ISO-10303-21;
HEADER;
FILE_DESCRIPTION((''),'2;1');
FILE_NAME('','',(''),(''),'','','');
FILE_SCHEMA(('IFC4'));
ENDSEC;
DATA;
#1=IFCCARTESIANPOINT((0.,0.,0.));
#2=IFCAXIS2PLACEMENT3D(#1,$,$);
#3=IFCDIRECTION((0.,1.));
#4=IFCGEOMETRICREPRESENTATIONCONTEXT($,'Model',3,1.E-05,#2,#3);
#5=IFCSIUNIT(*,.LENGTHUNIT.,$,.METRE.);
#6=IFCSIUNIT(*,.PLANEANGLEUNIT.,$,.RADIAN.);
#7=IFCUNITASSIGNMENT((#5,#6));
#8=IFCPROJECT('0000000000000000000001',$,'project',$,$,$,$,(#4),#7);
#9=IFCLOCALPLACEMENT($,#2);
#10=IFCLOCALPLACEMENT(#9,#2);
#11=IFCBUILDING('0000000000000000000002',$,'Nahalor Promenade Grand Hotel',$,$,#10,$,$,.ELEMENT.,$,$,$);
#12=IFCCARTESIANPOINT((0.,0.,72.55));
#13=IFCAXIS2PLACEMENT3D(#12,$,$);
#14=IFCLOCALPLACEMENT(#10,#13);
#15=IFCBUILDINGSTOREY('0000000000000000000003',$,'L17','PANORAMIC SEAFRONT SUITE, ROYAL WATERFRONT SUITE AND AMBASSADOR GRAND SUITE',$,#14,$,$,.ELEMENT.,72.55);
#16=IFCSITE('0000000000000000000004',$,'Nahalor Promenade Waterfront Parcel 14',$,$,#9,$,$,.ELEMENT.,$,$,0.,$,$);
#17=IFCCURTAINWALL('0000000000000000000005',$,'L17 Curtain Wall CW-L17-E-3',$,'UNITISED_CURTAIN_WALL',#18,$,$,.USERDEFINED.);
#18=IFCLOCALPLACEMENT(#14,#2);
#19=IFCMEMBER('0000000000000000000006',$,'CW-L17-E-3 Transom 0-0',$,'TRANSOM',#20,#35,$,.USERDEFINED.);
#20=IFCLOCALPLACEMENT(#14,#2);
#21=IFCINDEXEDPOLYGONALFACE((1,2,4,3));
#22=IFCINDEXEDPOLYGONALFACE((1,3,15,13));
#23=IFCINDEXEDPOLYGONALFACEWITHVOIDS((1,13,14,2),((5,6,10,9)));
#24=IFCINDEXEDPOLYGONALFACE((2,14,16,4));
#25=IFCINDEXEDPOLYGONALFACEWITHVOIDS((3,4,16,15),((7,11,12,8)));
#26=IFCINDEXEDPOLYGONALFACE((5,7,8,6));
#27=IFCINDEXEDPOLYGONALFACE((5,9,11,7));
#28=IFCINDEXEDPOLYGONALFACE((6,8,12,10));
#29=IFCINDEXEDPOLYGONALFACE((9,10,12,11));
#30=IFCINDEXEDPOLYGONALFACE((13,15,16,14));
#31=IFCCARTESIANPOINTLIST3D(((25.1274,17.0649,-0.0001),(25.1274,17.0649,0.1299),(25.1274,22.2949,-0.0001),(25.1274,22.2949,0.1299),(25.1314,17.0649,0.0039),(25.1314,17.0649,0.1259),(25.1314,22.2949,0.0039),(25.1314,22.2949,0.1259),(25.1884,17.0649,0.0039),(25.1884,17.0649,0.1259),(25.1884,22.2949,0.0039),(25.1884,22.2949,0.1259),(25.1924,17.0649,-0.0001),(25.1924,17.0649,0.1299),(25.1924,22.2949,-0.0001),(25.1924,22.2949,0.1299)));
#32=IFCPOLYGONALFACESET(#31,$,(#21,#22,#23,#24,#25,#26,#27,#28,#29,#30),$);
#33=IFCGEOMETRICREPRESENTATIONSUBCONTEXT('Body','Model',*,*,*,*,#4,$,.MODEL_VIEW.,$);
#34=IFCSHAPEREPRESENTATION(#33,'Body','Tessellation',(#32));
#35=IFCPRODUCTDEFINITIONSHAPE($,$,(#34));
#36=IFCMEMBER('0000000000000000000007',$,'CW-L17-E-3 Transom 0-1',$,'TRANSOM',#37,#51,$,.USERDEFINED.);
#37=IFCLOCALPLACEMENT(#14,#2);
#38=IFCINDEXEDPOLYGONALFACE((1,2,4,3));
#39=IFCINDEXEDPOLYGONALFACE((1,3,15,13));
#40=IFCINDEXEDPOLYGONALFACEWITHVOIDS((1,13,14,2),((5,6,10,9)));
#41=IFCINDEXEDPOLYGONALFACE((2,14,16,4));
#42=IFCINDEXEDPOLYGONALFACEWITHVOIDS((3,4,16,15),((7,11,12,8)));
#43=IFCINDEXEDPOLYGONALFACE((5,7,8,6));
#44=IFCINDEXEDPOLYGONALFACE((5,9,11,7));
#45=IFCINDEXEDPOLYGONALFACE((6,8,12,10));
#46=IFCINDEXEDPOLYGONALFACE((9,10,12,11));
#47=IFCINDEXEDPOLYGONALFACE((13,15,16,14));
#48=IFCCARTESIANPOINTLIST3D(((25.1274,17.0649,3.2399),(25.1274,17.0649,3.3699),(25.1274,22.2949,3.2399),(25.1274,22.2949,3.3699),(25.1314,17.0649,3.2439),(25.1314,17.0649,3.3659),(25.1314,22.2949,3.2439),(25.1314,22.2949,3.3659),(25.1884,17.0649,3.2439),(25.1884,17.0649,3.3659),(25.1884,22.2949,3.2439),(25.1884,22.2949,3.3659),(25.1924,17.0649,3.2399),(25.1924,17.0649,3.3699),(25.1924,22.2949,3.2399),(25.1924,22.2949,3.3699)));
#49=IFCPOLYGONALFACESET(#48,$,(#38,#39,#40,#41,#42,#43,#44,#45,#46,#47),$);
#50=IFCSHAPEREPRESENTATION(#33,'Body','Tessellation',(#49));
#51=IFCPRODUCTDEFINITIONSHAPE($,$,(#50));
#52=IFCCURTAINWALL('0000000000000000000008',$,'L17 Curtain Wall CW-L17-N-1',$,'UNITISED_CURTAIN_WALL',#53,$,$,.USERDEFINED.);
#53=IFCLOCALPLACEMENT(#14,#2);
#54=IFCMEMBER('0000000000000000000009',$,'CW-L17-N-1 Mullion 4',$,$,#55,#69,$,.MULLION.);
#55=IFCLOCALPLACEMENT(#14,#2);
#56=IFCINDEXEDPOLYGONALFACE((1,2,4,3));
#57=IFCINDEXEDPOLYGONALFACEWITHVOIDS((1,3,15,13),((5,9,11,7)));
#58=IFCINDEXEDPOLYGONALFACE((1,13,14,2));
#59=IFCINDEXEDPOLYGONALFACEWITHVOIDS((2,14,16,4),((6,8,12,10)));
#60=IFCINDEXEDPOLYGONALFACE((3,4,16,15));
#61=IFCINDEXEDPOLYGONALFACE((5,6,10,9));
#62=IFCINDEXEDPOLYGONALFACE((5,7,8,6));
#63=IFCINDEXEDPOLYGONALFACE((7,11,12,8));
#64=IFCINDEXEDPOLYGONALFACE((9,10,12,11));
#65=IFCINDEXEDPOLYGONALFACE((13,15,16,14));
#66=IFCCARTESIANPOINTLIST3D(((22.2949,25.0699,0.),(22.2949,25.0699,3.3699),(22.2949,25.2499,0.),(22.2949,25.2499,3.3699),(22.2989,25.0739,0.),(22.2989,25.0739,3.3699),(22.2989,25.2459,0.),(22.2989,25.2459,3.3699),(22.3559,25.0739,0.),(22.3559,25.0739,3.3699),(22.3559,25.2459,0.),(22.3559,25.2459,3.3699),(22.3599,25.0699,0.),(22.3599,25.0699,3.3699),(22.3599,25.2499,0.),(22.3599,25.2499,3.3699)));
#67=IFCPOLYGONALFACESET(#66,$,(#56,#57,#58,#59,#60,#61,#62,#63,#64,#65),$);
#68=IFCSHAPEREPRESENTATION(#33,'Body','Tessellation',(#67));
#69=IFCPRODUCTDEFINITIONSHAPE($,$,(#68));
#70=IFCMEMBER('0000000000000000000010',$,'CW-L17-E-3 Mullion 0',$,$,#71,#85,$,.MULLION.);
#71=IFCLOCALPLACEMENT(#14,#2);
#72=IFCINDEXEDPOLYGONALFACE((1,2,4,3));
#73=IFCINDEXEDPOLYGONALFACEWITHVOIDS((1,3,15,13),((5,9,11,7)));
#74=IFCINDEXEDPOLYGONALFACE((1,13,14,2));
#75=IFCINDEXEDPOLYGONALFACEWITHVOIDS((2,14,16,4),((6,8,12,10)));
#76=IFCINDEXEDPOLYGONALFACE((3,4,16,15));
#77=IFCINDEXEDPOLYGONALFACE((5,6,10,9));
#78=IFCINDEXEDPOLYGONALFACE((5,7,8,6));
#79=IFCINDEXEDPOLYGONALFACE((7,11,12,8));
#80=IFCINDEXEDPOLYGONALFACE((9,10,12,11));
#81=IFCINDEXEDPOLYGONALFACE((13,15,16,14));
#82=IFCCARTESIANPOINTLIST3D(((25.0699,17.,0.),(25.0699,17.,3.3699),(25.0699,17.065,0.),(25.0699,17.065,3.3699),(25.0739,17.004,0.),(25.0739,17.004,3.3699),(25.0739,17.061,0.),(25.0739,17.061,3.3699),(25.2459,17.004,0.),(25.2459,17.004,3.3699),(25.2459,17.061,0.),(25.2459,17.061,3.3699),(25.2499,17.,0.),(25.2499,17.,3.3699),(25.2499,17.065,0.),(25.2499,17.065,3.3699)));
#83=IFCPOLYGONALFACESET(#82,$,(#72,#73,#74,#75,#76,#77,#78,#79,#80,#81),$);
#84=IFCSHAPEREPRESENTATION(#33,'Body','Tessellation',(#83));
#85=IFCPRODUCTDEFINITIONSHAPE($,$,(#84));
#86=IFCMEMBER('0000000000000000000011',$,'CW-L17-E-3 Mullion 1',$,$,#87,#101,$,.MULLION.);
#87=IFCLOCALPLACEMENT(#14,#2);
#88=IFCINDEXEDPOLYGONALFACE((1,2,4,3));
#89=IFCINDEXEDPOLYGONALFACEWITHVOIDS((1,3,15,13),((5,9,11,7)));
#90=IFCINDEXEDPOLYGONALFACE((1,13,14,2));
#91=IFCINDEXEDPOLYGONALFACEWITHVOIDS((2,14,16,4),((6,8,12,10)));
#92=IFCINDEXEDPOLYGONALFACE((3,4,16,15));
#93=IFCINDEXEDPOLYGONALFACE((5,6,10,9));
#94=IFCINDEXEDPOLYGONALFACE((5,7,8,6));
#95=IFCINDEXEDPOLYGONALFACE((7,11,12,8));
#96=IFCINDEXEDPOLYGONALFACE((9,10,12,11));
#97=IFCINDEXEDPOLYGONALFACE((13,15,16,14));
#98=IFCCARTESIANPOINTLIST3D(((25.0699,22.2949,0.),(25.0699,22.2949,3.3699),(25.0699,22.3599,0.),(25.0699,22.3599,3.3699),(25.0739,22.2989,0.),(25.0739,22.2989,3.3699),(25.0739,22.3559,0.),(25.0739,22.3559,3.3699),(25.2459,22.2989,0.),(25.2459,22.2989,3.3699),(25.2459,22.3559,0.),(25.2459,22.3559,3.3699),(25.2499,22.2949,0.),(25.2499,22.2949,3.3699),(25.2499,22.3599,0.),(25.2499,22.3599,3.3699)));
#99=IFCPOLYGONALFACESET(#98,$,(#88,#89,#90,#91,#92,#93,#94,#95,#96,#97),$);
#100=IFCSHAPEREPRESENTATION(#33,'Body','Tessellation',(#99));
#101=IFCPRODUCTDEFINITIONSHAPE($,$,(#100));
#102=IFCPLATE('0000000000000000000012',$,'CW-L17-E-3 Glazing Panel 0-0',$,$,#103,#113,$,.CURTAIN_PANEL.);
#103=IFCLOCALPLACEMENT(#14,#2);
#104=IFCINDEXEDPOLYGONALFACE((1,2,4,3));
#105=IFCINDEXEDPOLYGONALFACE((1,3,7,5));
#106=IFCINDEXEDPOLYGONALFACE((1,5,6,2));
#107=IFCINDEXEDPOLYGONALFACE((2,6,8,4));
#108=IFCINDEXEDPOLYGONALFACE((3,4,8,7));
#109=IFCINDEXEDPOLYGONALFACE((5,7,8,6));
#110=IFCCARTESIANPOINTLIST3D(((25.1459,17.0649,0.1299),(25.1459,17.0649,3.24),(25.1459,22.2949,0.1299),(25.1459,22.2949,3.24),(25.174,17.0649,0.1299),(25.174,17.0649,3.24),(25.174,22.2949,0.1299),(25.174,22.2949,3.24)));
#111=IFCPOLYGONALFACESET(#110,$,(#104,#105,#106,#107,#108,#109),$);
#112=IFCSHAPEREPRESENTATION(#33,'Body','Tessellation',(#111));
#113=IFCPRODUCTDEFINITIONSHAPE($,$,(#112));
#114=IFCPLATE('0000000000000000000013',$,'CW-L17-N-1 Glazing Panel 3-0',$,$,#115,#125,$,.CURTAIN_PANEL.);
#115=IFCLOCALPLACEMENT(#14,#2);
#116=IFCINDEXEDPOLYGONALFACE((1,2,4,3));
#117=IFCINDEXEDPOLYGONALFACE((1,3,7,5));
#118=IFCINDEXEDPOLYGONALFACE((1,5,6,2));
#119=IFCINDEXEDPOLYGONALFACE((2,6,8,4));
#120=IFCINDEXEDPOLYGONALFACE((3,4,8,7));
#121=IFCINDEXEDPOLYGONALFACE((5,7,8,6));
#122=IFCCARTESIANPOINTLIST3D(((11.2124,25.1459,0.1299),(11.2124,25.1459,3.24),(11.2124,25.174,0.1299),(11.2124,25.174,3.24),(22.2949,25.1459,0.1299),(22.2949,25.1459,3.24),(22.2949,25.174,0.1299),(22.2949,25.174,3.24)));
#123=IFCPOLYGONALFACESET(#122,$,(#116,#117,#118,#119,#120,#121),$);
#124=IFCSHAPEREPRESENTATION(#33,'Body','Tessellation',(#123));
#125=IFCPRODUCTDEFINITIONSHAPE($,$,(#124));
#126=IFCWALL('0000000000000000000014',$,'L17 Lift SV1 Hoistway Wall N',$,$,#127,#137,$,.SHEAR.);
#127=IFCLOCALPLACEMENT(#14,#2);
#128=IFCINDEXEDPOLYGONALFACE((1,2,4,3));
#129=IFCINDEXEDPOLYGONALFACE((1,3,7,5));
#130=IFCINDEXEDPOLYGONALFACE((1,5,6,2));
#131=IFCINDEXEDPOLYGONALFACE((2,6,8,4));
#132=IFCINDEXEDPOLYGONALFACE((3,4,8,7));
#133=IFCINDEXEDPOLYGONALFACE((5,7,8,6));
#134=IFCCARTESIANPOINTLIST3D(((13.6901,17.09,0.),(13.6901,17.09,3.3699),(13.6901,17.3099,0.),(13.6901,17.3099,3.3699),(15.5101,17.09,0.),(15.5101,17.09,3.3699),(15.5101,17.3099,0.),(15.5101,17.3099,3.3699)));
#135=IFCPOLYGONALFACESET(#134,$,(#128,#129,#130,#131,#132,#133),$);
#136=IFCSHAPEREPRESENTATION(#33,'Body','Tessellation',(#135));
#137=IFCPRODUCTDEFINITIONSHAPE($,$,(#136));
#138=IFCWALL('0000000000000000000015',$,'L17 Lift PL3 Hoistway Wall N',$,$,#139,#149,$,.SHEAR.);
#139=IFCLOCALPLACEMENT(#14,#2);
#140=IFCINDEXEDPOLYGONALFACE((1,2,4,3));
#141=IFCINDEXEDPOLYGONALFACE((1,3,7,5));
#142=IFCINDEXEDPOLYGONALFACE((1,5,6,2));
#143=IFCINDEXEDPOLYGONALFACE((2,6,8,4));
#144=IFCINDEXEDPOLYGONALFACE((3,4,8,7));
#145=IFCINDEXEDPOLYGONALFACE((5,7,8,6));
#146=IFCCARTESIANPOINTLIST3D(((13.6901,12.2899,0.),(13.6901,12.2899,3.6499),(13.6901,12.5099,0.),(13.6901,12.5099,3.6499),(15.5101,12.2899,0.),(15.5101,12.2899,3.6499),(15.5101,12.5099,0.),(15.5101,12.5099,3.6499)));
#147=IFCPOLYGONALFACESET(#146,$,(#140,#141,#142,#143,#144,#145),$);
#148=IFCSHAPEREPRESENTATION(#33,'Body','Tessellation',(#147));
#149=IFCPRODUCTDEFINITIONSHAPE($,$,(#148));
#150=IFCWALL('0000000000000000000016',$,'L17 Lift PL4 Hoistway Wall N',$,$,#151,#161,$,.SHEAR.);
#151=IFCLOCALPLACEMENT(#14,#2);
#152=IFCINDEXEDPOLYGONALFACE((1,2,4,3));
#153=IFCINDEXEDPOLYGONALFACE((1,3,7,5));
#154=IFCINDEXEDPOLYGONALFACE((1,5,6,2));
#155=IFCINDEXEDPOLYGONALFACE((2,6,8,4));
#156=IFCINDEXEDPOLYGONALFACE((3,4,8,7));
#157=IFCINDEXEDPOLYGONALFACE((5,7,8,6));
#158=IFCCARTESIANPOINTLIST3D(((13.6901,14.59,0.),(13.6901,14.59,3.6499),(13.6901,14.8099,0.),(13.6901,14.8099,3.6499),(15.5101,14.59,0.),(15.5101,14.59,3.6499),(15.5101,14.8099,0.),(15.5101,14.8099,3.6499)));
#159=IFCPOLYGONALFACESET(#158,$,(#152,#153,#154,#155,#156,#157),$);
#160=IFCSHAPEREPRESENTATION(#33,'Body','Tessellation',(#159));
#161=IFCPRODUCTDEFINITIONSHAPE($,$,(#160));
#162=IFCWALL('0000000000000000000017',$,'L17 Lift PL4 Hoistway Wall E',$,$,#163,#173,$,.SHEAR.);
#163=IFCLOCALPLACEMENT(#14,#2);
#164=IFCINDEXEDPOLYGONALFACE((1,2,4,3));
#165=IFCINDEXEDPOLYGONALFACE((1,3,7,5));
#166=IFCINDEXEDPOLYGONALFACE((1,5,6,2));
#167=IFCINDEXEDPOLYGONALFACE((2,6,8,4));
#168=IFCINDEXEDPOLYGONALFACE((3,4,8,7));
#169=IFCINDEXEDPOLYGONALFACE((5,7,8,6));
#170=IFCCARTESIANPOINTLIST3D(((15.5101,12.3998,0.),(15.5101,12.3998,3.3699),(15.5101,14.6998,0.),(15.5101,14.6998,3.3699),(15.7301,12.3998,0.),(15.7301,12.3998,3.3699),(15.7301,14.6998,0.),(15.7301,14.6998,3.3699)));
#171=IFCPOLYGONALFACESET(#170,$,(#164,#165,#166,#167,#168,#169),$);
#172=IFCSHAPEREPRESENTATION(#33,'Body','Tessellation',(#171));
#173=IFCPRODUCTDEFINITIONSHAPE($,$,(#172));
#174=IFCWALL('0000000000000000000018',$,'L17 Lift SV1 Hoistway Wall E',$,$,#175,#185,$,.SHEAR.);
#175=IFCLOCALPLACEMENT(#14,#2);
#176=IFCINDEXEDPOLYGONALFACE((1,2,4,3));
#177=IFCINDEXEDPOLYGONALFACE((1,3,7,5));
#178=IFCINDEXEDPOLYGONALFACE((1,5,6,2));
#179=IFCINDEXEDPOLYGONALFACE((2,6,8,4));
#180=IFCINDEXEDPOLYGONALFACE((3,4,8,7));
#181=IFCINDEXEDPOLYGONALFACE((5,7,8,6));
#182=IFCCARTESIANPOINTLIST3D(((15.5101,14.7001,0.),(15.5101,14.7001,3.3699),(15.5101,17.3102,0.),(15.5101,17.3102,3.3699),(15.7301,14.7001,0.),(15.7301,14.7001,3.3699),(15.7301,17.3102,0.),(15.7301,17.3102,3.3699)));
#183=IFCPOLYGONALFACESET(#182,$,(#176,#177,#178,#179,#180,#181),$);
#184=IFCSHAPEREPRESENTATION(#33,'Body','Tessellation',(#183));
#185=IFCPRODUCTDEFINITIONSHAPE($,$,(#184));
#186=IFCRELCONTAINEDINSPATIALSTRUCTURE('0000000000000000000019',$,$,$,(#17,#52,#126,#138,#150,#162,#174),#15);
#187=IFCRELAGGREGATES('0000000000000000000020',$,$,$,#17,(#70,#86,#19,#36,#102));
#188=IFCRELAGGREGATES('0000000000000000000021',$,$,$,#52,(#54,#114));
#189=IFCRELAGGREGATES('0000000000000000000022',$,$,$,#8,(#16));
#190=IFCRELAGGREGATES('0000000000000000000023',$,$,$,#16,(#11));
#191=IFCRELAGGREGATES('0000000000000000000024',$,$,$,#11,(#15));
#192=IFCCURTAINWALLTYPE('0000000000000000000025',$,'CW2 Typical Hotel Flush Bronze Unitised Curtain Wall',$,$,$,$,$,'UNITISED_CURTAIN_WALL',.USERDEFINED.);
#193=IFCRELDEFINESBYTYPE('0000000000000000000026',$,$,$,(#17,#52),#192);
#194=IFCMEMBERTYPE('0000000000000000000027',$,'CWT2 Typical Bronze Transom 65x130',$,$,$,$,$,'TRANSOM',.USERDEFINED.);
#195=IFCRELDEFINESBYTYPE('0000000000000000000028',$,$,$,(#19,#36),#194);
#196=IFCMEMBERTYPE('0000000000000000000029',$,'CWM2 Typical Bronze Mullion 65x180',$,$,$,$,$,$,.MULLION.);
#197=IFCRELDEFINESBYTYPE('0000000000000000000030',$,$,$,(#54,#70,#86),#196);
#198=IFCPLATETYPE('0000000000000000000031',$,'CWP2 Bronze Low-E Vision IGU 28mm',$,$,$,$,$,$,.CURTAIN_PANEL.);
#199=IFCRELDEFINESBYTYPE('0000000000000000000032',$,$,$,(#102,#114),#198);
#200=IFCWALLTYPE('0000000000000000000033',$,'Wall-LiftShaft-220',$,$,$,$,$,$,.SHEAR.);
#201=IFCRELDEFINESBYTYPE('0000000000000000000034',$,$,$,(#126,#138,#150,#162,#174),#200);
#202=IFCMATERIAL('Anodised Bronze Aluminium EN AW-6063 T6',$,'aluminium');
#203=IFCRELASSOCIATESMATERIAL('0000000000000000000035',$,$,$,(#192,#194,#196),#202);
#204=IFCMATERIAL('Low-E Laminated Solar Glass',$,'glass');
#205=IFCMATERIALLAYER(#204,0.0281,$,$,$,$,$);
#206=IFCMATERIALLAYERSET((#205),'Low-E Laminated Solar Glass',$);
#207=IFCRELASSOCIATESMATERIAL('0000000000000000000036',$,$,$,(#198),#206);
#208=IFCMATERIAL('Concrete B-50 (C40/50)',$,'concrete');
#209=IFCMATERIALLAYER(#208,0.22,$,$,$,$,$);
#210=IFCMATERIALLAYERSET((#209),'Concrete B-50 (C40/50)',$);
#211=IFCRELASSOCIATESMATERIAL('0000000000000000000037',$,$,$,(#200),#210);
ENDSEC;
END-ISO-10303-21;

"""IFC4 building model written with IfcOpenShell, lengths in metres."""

from ifc_helpers import new_model, si_unit, direction, frame, frame_2d, origin, origin_2d, place, context, subcontext, project, spatial, rectangle, hollow_rectangle, extrude, source, transform, mapped, material, layer, layer_set, material_profile, profile_set, type_object, element, aggregate, save


model = new_model("IFC4")

# Units and contexts
model_context = context("Model", 3, precision=1e-05, world=origin(), true_north=direction((0.0, 1.0)))
body_context = subcontext(model_context, "Body", "Model", "MODEL_VIEW")
ifc_project = project(units=[si_unit("LENGTHUNIT", "METRE"), si_unit("PLANEANGLEUNIT", "RADIAN")], contexts=[model_context])

# Site, building, storey
site_placement = place(None, origin())
site = spatial("IfcSite", under=ifc_project, at=site_placement, Name="Nahalor Promenade Waterfront Parcel 14", CompositionType="ELEMENT", RefElevation=0.0)
building_placement = place(site_placement, origin())
building = spatial("IfcBuilding", under=site, at=building_placement, Name="Nahalor Promenade Grand Hotel", CompositionType="ELEMENT")
storey_placement = place(building_placement, frame((0.0, 0.0, 72.55)))
storey = spatial("IfcBuildingStorey", under=building, at=storey_placement, Name="L17", Description="PANORAMIC SEAFRONT SUITE, ROYAL WATERFRONT SUITE AND AMBASSADOR GRAND SUITE", CompositionType="ELEMENT", Elevation=72.55)

# Curtain wall, members
ifc_material_1 = material(Name="Anodised Bronze Aluminium EN AW-6063 T6", Category="aluminium")
curtain_wall_type = type_object("IfcCurtainWallType", Name="CW2 Typical Hotel Flush Bronze Unitised Curtain Wall", ElementType="UNITISED_CURTAIN_WALL", PredefinedType="USERDEFINED", material=ifc_material_1)
curtain_wall_1_placement = place(storey_placement, origin())
curtain_wall_1 = element("IfcCurtainWall", 1, at=curtain_wall_1_placement, inside=storey, type_object=curtain_wall_type, Name="L17 Curtain Wall CW-L17-E-3", ObjectType="UNITISED_CURTAIN_WALL", PredefinedType="USERDEFINED")
ifc_material_profile_1 = material_profile(ifc_material_1, hollow_rectangle(XDim=0.065, YDim=0.13, WallThickness=0.004, at=origin_2d()), Name="CWT 65x130x4")
ifc_profile_set_1 = profile_set([ifc_material_profile_1], Name="Anodised Bronze Aluminium EN AW-6063 T6")
member_type_1 = type_object("IfcMemberType", Name="CWT2 Typical Bronze Transom 65x130", ElementType="TRANSOM", PredefinedType="USERDEFINED", material=ifc_profile_set_1)
shared_shape_1 = source(origin(), body_context, "Body", "SweptSolid", [
    extrude(hollow_rectangle(XDim=0.065, YDim=0.13, WallThickness=0.004, at=origin_2d()), origin(), (0.0, 0.0, 1.0), 5.23),
])
member_1_placement = place(storey_placement, frame((25.1599, 17.0649, 0.0649), z_axis=(0.0, 1.0, 0.0), x_axis=(-1.0, 0.0, 0.0)))
member_1 = element("IfcMember", 2, at=member_1_placement, type_object=member_type_1, Name="CW-L17-E-3 Transom 0-0", ObjectType="TRANSOM", PredefinedType="USERDEFINED", context=body_context, shape_type="MappedRepresentation", body=[
    mapped(shared_shape_1, transform((0.0, 0.0, 0.0), scale=1.0)),
])
member_2_placement = place(storey_placement, frame((25.1599, 17.0649, 3.3049), z_axis=(0.0, 1.0, 0.0), x_axis=(-1.0, 0.0, 0.0)))
member_2 = element("IfcMember", 3, at=member_2_placement, type_object=member_type_1, Name="CW-L17-E-3 Transom 0-1", ObjectType="TRANSOM", PredefinedType="USERDEFINED", context=body_context, shape_type="MappedRepresentation", body=[
    mapped(shared_shape_1, transform((0.0, 0.0, 0.0), scale=1.0)),
])

# Curtain wall, member
curtain_wall_2_placement = place(storey_placement, origin())
curtain_wall_2 = element("IfcCurtainWall", 4, at=curtain_wall_2_placement, inside=storey, type_object=curtain_wall_type, Name="L17 Curtain Wall CW-L17-N-1", ObjectType="UNITISED_CURTAIN_WALL", PredefinedType="USERDEFINED")
ifc_material_profile_2 = material_profile(ifc_material_1, hollow_rectangle(XDim=0.065, YDim=0.18, WallThickness=0.004, at=origin_2d()), Name="CWM 65x180x4")
ifc_profile_set_2 = profile_set([ifc_material_profile_2], Name="Anodised Bronze Aluminium EN AW-6063 T6")
member_type_2 = type_object("IfcMemberType", Name="CWM2 Typical Bronze Mullion 65x180", PredefinedType="MULLION", material=ifc_profile_set_2)
shared_shape_2 = source(origin(), body_context, "Body", "SweptSolid", [
    extrude(hollow_rectangle(XDim=0.065, YDim=0.18, WallThickness=0.004, at=origin_2d()), origin(), (0.0, 0.0, 1.0), 3.3699),
])
member_3_placement = place(storey_placement, frame((22.3274, 25.1599, 0.0), z_axis=(0.0, 0.0, 1.0), x_axis=(1.0, 0.0, 0.0)))
member_3 = element("IfcMember", 5, at=member_3_placement, type_object=member_type_2, Name="CW-L17-N-1 Mullion 4", PredefinedType="MULLION", context=body_context, shape_type="MappedRepresentation", body=[
    mapped(shared_shape_2, transform((0.0, 0.0, 0.0), scale=1.0)),
])

# Members
member_4_placement = place(storey_placement, frame((25.1599, 17.0325, 0.0), z_axis=(0.0, 0.0, 1.0), x_axis=(0.0, 1.0, 0.0)))
member_4 = element("IfcMember", 6, at=member_4_placement, type_object=member_type_2, Name="CW-L17-E-3 Mullion 0", PredefinedType="MULLION", context=body_context, shape_type="MappedRepresentation", body=[
    mapped(shared_shape_2, transform((0.0, 0.0, 0.0), scale=1.0)),
])
member_5_placement = place(storey_placement, frame((25.1599, 22.3274, 0.0), z_axis=(0.0, 0.0, 1.0), x_axis=(0.0, 1.0, 0.0)))
member_5 = element("IfcMember", 7, at=member_5_placement, type_object=member_type_2, Name="CW-L17-E-3 Mullion 1", PredefinedType="MULLION", context=body_context, shape_type="MappedRepresentation", body=[
    mapped(shared_shape_2, transform((0.0, 0.0, 0.0), scale=1.0)),
])

# Plates
ifc_material_2 = material(Name="Low-E Laminated Solar Glass", Category="glass")
ifc_layer_1 = layer(ifc_material_2, 0.0281)
ifc_layer_set_1 = layer_set([ifc_layer_1], Name="Low-E Laminated Solar Glass")
plate_type = type_object("IfcPlateType", Name="CWP2 Bronze Low-E Vision IGU 28mm", PredefinedType="CURTAIN_PANEL", material=ifc_layer_set_1)
shared_shape_3 = source(origin(), body_context, "Body", "SweptSolid", [
    extrude(rectangle(XDim=5.23, YDim=0.0281, at=origin_2d()), origin(), (0.0, 0.0, 1.0), 3.1101),
])
plate_1_placement = place(storey_placement, frame((25.1599, 19.6799, 0.1299), z_axis=(0.0, 0.0, 1.0), x_axis=(0.0, 1.0, 0.0)))
plate_1 = element("IfcPlate", 8, at=plate_1_placement, type_object=plate_type, Name="CW-L17-E-3 Glazing Panel 0-0", PredefinedType="CURTAIN_PANEL", context=body_context, shape_type="MappedRepresentation", body=[
    mapped(shared_shape_3, transform((0.0, 0.0, 0.0), scale=1.0)),
])
aggregate(curtain_wall_1, [member_4, member_5, member_1, member_2, plate_1])
shared_shape_4 = source(origin(), body_context, "Body", "SweptSolid", [
    extrude(rectangle(XDim=11.0825, YDim=0.0281, at=origin_2d()), origin(), (0.0, 0.0, 1.0), 3.1101),
])
plate_2_placement = place(storey_placement, frame((16.7537, 25.1599, 0.1299), z_axis=(0.0, 0.0, 1.0), x_axis=(1.0, 0.0, 0.0)))
plate_2 = element("IfcPlate", 9, at=plate_2_placement, type_object=plate_type, Name="CW-L17-N-1 Glazing Panel 3-0", PredefinedType="CURTAIN_PANEL", context=body_context, shape_type="MappedRepresentation", body=[
    mapped(shared_shape_4, transform((0.0, 0.0, 0.0), scale=1.0)),
])
aggregate(curtain_wall_2, [member_3, plate_2])

# Walls
ifc_material_3 = material(Name="Concrete B-50 (C40/50)", Category="concrete")
ifc_layer_2 = layer(ifc_material_3, 0.22)
ifc_layer_set_2 = layer_set([ifc_layer_2], Name="Concrete B-50 (C40/50)")
wall_type_1 = type_object("IfcWallType", Name="Wall-LiftShaft-220", PredefinedType="SHEAR", material=ifc_layer_set_2)
shared_shape_5 = source(origin(), body_context, "Body", "SweptSolid", [
    extrude(rectangle(XDim=1.8201, YDim=0.22, at=frame_2d((0.9102, 0.0))), origin(), (0.0, 0.0, 1.0), 3.3699),
])
wall_1_placement = place(storey_placement, frame((13.6899, 17.2, 0.0), z_axis=(0.0, 0.0, 1.0), x_axis=(1.0, 0.0, 0.0)))
element("IfcWall", 10, at=wall_1_placement, inside=storey, type_object=wall_type_1, Name="L17 Lift SV1 Hoistway Wall N", PredefinedType="SHEAR", context=body_context, shape_type="MappedRepresentation", body=[
    mapped(shared_shape_5, transform((0.0, 0.0, 0.0), scale=1.0)),
])
shared_shape_6 = source(origin(), body_context, "Body", "SweptSolid", [
    extrude(rectangle(XDim=1.8201, YDim=0.22, at=frame_2d((0.9102, 0.0))), origin(), (0.0, 0.0, 1.0), 3.6499),
])
for number, where, z_axis, x_axis, name in (
    (11, (13.6899, 12.3999, 0.0), (0.0, 0.0, 1.0), (1.0, 0.0, 0.0), "L17 Lift PL3 Hoistway Wall N"),
    (12, (13.6899, 14.7, 0.0), (0.0, 0.0, 1.0), (1.0, 0.0, 0.0), "L17 Lift PL4 Hoistway Wall N"),
):
    element("IfcWall", number, at=place(storey_placement, frame(where, z_axis=z_axis, x_axis=x_axis)), inside=storey, type_object=wall_type_1, Name=name, PredefinedType="SHEAR", context=body_context, shape_type="MappedRepresentation", body=[
        mapped(shared_shape_6, transform((0.0, 0.0, 0.0), scale=1.0)),
    ])
shared_shape_7 = source(origin(), body_context, "Body", "SweptSolid", [
    extrude(rectangle(XDim=2.3, YDim=0.22, at=frame_2d((1.1499, 0.0))), origin(), (0.0, 0.0, 1.0), 3.3699),
])
wall_2_placement = place(storey_placement, frame((15.6201, 12.3999, 0.0), z_axis=(0.0, 0.0, 1.0), x_axis=(0.0, 1.0, 0.0)))
element("IfcWall", 13, at=wall_2_placement, inside=storey, type_object=wall_type_1, Name="L17 Lift PL4 Hoistway Wall E", PredefinedType="SHEAR", context=body_context, shape_type="MappedRepresentation", body=[
    mapped(shared_shape_7, transform((0.0, 0.0, 0.0), scale=1.0)),
])
shared_shape_8 = source(origin(), body_context, "Body", "SweptSolid", [
    extrude(rectangle(XDim=2.6101, YDim=0.22, at=frame_2d((1.3052, 0.0))), origin(), (0.0, 0.0, 1.0), 3.3699),
])
wall_3_placement = place(storey_placement, frame((15.6201, 14.7, 0.0), z_axis=(0.0, 0.0, 1.0), x_axis=(0.0, 1.0, 0.0)))
element("IfcWall", 14, at=wall_3_placement, inside=storey, type_object=wall_type_1, Name="L17 Lift SV1 Hoistway Wall E", PredefinedType="SHEAR", context=body_context, shape_type="MappedRepresentation", body=[
    mapped(shared_shape_8, transform((0.0, 0.0, 0.0), scale=1.0)),
])

save(model, "model.ifc")
